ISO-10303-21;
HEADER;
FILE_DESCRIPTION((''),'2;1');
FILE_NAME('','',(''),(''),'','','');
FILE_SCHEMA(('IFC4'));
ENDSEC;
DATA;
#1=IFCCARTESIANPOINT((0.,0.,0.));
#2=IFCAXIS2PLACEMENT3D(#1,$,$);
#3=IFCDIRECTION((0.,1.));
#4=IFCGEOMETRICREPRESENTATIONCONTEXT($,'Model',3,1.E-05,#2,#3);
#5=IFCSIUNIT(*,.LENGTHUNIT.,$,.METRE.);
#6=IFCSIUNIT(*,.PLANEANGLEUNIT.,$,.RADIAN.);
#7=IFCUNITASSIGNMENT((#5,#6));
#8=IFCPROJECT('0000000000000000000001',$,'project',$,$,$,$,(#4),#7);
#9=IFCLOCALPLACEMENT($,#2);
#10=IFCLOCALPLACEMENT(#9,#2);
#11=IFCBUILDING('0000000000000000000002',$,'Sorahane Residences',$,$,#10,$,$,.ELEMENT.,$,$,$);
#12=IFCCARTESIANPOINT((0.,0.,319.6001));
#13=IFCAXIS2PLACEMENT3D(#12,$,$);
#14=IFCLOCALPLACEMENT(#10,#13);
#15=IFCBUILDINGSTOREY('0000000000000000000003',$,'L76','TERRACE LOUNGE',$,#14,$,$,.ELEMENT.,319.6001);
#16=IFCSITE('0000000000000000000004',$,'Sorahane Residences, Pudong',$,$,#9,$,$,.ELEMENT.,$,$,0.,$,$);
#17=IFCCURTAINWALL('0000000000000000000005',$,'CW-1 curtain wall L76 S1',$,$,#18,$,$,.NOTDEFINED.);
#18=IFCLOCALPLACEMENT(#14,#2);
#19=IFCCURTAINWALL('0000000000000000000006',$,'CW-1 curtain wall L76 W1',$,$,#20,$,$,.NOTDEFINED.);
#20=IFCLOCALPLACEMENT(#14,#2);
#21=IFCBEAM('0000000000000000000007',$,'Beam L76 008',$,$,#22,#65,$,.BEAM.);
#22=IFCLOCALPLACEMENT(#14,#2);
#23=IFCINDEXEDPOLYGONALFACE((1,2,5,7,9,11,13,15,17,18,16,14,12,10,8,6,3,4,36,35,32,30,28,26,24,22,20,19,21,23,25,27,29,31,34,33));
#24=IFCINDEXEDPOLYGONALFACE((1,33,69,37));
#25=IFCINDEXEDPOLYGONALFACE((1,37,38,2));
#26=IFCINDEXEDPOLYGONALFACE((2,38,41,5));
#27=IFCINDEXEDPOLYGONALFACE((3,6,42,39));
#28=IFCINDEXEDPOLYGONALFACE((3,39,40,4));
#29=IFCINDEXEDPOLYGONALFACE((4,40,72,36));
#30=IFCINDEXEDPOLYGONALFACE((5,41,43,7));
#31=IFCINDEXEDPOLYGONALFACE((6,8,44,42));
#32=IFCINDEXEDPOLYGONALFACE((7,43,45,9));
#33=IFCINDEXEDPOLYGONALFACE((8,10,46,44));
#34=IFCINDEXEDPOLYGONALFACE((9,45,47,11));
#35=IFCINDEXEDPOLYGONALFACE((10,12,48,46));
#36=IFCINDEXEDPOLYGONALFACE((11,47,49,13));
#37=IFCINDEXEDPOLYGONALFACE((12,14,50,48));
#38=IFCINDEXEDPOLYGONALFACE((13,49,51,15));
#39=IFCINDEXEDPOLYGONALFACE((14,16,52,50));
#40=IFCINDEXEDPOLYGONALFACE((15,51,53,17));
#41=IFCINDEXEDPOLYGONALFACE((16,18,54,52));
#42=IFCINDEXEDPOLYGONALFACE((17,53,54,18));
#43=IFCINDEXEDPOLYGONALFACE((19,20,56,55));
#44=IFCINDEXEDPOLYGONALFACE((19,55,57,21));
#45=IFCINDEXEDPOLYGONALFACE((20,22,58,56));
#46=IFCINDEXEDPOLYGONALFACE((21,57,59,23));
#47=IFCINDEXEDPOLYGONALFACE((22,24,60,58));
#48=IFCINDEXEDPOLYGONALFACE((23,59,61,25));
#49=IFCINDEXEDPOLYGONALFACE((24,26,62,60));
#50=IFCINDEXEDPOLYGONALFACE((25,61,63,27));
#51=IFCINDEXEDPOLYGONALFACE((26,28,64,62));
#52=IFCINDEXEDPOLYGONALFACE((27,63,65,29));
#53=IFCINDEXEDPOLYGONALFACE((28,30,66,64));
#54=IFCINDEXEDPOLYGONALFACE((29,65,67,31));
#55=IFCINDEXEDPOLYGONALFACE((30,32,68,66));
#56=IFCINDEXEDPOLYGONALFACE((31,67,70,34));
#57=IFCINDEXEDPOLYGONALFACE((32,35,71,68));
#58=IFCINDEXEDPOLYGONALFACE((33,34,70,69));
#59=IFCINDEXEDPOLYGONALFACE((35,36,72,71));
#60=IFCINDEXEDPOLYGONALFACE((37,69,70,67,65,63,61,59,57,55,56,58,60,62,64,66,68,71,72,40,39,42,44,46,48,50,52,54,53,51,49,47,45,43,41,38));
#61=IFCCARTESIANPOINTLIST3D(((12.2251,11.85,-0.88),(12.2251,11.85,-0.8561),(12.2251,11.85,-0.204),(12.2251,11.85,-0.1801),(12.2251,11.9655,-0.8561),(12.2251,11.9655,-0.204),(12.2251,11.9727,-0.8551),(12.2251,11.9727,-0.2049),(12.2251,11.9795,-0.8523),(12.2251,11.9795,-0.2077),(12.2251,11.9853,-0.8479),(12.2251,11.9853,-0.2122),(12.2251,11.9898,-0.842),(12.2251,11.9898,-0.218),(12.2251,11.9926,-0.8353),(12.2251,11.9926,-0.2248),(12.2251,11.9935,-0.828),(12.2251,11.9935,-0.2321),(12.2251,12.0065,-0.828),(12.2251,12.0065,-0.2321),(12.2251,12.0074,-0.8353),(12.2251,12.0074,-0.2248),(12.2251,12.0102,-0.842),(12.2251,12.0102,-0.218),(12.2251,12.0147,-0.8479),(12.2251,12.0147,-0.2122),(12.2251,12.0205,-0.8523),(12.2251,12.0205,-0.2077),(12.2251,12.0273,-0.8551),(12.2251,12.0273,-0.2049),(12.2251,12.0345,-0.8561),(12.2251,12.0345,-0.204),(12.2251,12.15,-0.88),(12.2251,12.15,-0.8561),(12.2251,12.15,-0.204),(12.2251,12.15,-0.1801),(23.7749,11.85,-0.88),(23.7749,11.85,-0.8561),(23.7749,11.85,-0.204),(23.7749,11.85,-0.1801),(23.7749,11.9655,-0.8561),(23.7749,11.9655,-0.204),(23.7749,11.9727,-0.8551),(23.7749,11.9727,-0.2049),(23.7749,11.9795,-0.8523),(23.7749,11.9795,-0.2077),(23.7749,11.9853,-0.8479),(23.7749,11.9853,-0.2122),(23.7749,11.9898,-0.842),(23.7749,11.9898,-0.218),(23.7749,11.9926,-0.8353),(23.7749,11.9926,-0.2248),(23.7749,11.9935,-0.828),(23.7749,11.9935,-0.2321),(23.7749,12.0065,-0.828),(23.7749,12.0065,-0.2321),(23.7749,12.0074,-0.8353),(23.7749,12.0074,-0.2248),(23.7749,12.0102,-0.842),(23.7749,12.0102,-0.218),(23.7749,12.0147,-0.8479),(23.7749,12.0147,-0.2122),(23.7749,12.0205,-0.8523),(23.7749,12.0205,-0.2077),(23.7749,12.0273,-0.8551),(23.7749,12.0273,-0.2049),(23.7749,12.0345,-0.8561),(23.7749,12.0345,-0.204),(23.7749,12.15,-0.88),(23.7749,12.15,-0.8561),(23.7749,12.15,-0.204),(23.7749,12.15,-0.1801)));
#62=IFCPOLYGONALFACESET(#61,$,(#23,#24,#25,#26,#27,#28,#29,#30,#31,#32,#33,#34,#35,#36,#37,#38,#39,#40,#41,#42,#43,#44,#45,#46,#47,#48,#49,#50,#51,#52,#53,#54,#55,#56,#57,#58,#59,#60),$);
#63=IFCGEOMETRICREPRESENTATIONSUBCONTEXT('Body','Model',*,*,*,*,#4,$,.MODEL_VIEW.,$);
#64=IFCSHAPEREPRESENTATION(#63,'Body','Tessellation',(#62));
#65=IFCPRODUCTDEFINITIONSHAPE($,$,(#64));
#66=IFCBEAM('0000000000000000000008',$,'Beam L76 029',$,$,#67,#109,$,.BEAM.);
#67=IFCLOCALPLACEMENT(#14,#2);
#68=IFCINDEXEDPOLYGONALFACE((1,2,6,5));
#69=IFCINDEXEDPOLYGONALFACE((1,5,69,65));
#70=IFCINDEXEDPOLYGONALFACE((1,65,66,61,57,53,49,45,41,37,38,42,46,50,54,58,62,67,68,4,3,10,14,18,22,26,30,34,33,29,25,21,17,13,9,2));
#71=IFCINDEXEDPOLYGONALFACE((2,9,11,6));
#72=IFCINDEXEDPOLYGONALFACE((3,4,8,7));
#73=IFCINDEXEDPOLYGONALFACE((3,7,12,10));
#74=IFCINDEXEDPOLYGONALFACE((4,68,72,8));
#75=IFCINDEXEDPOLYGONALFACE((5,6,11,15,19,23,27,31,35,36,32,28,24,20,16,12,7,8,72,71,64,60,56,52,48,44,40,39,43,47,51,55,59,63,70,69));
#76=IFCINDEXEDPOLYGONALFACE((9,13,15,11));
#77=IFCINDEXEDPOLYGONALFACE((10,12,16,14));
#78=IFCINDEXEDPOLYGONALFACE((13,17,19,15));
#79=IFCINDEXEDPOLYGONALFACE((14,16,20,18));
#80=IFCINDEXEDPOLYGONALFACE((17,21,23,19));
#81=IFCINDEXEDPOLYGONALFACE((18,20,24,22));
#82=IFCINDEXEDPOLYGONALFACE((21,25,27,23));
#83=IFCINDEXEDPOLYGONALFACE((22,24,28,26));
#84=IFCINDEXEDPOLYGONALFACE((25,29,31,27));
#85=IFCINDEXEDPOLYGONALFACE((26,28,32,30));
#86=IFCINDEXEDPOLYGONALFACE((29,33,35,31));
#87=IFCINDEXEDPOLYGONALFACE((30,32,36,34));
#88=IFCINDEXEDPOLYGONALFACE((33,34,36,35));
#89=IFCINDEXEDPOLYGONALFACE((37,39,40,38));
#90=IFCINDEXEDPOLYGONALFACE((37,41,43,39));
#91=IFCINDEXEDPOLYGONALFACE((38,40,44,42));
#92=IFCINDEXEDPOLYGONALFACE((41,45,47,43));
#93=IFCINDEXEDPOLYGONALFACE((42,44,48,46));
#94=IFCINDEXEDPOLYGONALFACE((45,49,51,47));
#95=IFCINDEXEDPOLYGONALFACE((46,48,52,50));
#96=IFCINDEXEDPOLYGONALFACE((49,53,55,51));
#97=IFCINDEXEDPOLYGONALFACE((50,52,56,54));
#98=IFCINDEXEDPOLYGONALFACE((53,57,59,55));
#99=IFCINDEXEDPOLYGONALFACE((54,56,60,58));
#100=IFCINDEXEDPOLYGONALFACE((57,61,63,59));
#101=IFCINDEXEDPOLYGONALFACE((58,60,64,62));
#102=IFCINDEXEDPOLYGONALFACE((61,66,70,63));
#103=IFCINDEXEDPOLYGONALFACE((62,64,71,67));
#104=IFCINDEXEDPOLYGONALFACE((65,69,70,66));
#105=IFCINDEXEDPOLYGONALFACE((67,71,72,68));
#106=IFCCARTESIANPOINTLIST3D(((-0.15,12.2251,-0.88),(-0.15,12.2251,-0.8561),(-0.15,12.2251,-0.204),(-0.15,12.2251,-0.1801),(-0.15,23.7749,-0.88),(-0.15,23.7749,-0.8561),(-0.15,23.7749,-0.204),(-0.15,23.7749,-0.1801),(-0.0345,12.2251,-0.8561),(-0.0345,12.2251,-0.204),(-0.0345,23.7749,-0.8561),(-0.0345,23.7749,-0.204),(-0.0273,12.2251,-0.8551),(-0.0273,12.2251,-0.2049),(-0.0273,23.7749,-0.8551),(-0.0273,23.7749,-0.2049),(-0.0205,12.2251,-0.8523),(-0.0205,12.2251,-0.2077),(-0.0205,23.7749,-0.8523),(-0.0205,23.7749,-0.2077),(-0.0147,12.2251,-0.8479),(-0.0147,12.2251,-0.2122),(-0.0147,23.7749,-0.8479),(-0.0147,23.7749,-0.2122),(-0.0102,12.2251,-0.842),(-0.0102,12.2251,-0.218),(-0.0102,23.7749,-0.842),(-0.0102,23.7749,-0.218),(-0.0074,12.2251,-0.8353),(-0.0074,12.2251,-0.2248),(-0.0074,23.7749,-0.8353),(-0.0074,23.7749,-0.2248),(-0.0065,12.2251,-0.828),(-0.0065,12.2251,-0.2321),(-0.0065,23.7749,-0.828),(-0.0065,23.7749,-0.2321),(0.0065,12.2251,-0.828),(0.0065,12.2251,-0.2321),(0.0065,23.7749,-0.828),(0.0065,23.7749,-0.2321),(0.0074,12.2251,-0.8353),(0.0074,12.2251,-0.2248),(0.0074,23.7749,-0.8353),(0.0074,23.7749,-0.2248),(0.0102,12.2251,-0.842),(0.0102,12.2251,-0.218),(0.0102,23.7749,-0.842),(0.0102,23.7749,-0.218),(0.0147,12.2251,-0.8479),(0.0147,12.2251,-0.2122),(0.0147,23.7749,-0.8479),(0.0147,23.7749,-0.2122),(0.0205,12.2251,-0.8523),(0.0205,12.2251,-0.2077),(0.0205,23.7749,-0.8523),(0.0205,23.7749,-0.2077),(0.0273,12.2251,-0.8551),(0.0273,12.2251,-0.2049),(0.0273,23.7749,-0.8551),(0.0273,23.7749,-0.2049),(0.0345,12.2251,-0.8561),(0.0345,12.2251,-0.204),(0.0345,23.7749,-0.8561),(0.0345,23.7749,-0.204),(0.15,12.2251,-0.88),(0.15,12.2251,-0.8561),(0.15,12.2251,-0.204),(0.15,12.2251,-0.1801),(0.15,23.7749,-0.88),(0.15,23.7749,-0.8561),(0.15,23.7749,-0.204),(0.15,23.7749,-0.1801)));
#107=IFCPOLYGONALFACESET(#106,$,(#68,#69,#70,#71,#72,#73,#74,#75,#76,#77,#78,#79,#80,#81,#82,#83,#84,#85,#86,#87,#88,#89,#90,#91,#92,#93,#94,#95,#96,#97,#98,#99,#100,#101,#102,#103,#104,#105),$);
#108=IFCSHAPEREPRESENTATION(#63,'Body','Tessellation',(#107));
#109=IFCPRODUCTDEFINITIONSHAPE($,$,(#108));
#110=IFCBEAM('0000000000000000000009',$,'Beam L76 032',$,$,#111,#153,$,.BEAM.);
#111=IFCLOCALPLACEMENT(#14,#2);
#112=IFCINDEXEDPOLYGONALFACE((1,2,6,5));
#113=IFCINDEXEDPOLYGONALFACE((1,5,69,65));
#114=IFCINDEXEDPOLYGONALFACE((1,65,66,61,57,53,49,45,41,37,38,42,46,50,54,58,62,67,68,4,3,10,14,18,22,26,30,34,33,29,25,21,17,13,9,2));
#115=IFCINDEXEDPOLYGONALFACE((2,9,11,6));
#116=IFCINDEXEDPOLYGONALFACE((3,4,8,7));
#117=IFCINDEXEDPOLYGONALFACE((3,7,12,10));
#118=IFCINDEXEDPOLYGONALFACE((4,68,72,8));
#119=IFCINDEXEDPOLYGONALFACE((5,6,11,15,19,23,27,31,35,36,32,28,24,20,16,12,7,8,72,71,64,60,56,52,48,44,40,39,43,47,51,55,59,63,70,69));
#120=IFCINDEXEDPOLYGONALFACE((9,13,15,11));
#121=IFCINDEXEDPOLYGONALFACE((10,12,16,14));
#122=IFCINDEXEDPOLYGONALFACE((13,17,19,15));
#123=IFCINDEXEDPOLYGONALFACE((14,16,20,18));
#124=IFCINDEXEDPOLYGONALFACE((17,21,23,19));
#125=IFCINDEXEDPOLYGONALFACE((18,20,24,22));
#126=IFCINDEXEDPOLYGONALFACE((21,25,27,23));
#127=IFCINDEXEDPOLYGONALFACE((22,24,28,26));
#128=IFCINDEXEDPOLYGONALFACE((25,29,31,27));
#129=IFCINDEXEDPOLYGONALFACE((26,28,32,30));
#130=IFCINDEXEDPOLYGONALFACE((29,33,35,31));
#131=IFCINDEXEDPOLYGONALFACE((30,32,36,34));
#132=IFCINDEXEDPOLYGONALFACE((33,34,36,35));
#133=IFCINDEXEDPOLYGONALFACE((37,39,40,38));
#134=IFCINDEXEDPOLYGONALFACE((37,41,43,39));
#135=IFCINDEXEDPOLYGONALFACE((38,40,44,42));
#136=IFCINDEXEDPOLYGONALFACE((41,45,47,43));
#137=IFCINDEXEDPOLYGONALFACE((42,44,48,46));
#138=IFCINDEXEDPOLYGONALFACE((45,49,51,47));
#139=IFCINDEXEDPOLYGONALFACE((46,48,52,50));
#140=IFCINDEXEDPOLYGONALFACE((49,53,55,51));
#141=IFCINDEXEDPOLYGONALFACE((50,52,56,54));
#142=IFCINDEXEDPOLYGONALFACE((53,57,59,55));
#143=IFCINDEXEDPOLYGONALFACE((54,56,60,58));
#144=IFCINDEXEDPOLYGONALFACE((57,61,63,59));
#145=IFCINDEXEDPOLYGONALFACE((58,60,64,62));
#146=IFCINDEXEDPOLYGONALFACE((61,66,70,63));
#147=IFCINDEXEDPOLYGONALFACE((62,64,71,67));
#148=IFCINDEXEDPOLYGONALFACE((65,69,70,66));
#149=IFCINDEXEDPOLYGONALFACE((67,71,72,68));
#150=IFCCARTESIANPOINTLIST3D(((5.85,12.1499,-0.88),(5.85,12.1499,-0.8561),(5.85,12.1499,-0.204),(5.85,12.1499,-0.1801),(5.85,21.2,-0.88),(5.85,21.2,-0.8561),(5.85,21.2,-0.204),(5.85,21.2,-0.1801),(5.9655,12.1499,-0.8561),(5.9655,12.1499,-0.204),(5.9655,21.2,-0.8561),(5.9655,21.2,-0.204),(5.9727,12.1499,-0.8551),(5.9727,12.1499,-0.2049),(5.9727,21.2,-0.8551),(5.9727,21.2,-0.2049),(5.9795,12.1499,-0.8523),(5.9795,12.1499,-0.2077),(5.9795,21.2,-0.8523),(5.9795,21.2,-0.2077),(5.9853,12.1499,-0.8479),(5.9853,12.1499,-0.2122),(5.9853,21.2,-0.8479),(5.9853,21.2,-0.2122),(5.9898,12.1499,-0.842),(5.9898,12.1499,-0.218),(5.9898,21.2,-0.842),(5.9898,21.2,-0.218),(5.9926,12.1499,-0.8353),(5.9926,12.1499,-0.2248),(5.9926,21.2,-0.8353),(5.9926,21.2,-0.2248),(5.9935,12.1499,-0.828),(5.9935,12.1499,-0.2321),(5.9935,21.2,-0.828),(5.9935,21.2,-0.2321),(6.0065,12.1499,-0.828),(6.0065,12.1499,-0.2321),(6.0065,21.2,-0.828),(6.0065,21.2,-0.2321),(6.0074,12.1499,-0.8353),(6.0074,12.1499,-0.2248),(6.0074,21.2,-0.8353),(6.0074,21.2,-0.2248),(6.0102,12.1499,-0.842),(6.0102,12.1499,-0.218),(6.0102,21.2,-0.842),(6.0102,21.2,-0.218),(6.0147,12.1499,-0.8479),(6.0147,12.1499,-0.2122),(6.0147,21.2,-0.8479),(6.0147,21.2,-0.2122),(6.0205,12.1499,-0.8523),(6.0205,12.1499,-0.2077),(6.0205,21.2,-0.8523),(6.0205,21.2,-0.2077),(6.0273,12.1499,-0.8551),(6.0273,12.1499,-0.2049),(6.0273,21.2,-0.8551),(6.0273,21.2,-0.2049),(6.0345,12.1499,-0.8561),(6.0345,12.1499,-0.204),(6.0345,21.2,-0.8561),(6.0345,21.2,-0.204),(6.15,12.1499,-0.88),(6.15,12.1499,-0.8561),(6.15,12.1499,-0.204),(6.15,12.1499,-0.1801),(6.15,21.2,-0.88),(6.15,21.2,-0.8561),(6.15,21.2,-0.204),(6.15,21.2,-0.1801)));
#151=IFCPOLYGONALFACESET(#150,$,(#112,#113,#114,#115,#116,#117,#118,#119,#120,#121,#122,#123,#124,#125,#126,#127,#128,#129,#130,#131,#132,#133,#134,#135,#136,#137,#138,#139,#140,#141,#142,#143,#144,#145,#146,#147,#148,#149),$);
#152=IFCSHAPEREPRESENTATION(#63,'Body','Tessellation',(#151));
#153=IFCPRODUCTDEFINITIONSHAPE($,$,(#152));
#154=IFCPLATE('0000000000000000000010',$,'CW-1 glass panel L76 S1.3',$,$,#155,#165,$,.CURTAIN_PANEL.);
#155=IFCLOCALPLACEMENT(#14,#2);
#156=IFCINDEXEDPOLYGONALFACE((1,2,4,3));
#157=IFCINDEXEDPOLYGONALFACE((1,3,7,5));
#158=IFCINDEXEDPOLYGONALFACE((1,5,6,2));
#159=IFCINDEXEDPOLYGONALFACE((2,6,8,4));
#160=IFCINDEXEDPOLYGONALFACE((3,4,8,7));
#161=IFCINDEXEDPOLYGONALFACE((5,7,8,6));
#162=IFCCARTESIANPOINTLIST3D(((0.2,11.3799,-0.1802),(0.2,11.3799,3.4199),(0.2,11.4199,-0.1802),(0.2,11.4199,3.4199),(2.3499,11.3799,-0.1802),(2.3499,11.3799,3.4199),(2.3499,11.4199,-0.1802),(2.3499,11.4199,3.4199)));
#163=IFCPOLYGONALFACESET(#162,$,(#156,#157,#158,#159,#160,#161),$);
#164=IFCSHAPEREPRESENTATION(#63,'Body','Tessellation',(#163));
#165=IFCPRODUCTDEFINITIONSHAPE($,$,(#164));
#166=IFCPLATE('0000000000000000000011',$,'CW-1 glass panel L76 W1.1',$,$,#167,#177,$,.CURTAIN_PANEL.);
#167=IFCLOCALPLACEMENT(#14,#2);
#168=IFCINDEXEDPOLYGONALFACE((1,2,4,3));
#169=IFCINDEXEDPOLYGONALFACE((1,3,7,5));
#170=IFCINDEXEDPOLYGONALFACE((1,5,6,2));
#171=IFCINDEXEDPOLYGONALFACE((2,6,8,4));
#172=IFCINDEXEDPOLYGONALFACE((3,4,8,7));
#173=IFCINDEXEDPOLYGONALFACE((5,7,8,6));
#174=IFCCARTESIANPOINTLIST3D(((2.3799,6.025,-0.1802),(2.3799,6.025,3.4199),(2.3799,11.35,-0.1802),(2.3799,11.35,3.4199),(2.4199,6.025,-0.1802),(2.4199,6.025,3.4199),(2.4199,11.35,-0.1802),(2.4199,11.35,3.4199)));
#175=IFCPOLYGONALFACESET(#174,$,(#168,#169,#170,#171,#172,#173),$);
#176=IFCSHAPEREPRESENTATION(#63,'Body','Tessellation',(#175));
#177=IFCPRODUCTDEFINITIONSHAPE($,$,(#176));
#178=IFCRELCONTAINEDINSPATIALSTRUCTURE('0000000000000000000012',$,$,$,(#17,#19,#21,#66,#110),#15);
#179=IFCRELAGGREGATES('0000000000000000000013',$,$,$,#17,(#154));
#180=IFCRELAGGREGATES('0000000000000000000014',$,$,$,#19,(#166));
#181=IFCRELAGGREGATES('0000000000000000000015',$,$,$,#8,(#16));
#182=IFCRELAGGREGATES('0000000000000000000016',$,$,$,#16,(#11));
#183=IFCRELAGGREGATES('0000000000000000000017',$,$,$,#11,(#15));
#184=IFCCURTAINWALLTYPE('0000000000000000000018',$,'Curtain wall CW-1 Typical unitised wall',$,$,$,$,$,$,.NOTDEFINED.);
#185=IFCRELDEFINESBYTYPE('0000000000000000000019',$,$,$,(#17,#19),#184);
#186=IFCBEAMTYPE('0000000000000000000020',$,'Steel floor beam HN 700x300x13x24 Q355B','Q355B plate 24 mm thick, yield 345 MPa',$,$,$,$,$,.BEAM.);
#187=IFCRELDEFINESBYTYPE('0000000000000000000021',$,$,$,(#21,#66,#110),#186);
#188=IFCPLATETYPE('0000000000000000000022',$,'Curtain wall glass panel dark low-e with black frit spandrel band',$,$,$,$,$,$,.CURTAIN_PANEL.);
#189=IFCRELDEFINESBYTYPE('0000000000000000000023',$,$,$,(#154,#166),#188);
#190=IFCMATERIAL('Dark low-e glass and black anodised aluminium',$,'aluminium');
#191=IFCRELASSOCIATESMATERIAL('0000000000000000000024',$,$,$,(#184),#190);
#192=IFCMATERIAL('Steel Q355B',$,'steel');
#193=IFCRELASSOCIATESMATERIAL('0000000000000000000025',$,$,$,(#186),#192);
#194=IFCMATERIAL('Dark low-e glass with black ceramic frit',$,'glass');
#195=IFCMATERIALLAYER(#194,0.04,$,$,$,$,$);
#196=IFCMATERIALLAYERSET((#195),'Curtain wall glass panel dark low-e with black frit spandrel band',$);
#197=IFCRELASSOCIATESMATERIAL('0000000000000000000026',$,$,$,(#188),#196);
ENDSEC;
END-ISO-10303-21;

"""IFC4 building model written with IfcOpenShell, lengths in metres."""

from ifc_helpers import new_model, si_unit, direction, frame, origin, origin_2d, place, context, subcontext, project, spatial, rectangle, i_section, extrude, material, layer, layer_set, material_profile, profile_set, type_object, element, aggregate, save


model = new_model("IFC4")

# Units and contexts
model_context = context("Model", 3, precision=1e-05, world=origin(), true_north=direction((0.0, 1.0)))
body_context = subcontext(model_context, "Body", "Model", "MODEL_VIEW")
ifc_project = project(units=[si_unit("LENGTHUNIT", "METRE"), si_unit("PLANEANGLEUNIT", "RADIAN")], contexts=[model_context])

# Site, building, storey
site_placement = place(None, origin())
site = spatial("IfcSite", under=ifc_project, at=site_placement, Name="Sorahane Residences, Pudong", CompositionType="ELEMENT", RefElevation=0.0)
building_placement = place(site_placement, origin())
building = spatial("IfcBuilding", under=site, at=building_placement, Name="Sorahane Residences", CompositionType="ELEMENT")
storey_placement = place(building_placement, frame((0.0, 0.0, 319.6001)))
storey = spatial("IfcBuildingStorey", under=building, at=storey_placement, Name="L76", Description="TERRACE LOUNGE", CompositionType="ELEMENT", Elevation=319.6001)

# Curtain wall
ifc_material_1 = material(Name="Dark low-e glass and black anodised aluminium", Category="aluminium")
curtain_wall_type = type_object("IfcCurtainWallType", Name="Curtain wall CW-1 Typical unitised wall", PredefinedType="NOTDEFINED", material=ifc_material_1)
curtain_wall_1_placement = place(storey_placement, origin())
curtain_wall_1 = element("IfcCurtainWall", 1, at=curtain_wall_1_placement, inside=storey, type_object=curtain_wall_type, Name="CW-1 curtain wall L76 S1", PredefinedType="NOTDEFINED")

# Curtain wall
curtain_wall_2_placement = place(storey_placement, origin())
curtain_wall_2 = element("IfcCurtainWall", 2, at=curtain_wall_2_placement, inside=storey, type_object=curtain_wall_type, Name="CW-1 curtain wall L76 W1", PredefinedType="NOTDEFINED")

# Beams
ifc_material_2 = material(Name="Steel Q355B", Category="steel")
ifc_material_profile_1 = material_profile(ifc_material_2, i_section(OverallWidth=0.3, OverallDepth=0.7, WebThickness=0.0129, FlangeThickness=0.0239, FilletRadius=0.0281, at=origin_2d()), Name="HN 700x300x13x24")
ifc_profile_set_1 = profile_set([ifc_material_profile_1], Name="Steel Q355B")
beam_type_1 = type_object("IfcBeamType", Name="Steel floor beam HN 700x300x13x24 Q355B", Description="Q355B plate 24 mm thick, yield 345 MPa", PredefinedType="BEAM", material=ifc_profile_set_1)
for number, where, z_axis, x_axis, name in (
    (3, (12.2251, 12.0, -0.53), (1.0, 0.0, 0.0), (0.0, 1.0, 0.0), "Beam L76 008"),
    (4, (0.0, 12.2251, -0.53), (0.0, 1.0, 0.0), (-1.0, 0.0, 0.0), "Beam L76 029"),
):
    element("IfcBeam", number, at=place(storey_placement, frame(where, z_axis=z_axis, x_axis=x_axis)), inside=storey, type_object=beam_type_1, Name=name, PredefinedType="BEAM", context=body_context, shape_type="SweptSolid", body=[
        extrude(i_section(OverallWidth=0.3, OverallDepth=0.7, WebThickness=0.0129, FlangeThickness=0.0239, FilletRadius=0.0281, at=origin_2d()), origin(), (0.0, 0.0, 1.0), 11.5498),
    ])
beam_1_placement = place(storey_placement, frame((6.0, 12.1499, -0.53), z_axis=(0.0, 1.0, 0.0), x_axis=(-1.0, 0.0, 0.0)))
element("IfcBeam", 5, at=beam_1_placement, inside=storey, type_object=beam_type_1, Name="Beam L76 032", PredefinedType="BEAM", context=body_context, shape_type="SweptSolid", body=[
    extrude(i_section(OverallWidth=0.3, OverallDepth=0.7, WebThickness=0.0129, FlangeThickness=0.0239, FilletRadius=0.0281, at=origin_2d()), origin(), (0.0, 0.0, 1.0), 9.05),
])

# Plates
ifc_material_3 = material(Name="Dark low-e glass with black ceramic frit", Category="glass")
ifc_layer = layer(ifc_material_3, 0.04)
ifc_layer_set = layer_set([ifc_layer], Name="Curtain wall glass panel dark low-e with black frit spandrel band")
plate_type = type_object("IfcPlateType", Name="Curtain wall glass panel dark low-e with black frit spandrel band", PredefinedType="CURTAIN_PANEL", material=ifc_layer_set)
plate_1_placement = place(storey_placement, frame((1.2749, 11.3999, -0.1802), z_axis=(0.0, 0.0, 1.0), x_axis=(1.0, 0.0, 0.0)))
plate_1 = element("IfcPlate", 6, at=plate_1_placement, type_object=plate_type, Name="CW-1 glass panel L76 S1.3", PredefinedType="CURTAIN_PANEL", context=body_context, shape_type="SweptSolid", body=[
    extrude(rectangle(XDim=2.1499, YDim=0.04, at=origin_2d()), origin(), (0.0, 0.0, 1.0), 3.6001),
])
aggregate(curtain_wall_1, [plate_1])
plate_2_placement = place(storey_placement, frame((2.3999, 8.6875, -0.1802), z_axis=(0.0, 0.0, 1.0), x_axis=(0.0, -1.0, 0.0)))
plate_2 = element("IfcPlate", 7, at=plate_2_placement, type_object=plate_type, Name="CW-1 glass panel L76 W1.1", PredefinedType="CURTAIN_PANEL", context=body_context, shape_type="SweptSolid", body=[
    extrude(rectangle(XDim=5.325, YDim=0.04, at=origin_2d()), origin(), (0.0, 0.0, 1.0), 3.6001),
])
aggregate(curtain_wall_2, [plate_2])

save(model, "model.ifc")
